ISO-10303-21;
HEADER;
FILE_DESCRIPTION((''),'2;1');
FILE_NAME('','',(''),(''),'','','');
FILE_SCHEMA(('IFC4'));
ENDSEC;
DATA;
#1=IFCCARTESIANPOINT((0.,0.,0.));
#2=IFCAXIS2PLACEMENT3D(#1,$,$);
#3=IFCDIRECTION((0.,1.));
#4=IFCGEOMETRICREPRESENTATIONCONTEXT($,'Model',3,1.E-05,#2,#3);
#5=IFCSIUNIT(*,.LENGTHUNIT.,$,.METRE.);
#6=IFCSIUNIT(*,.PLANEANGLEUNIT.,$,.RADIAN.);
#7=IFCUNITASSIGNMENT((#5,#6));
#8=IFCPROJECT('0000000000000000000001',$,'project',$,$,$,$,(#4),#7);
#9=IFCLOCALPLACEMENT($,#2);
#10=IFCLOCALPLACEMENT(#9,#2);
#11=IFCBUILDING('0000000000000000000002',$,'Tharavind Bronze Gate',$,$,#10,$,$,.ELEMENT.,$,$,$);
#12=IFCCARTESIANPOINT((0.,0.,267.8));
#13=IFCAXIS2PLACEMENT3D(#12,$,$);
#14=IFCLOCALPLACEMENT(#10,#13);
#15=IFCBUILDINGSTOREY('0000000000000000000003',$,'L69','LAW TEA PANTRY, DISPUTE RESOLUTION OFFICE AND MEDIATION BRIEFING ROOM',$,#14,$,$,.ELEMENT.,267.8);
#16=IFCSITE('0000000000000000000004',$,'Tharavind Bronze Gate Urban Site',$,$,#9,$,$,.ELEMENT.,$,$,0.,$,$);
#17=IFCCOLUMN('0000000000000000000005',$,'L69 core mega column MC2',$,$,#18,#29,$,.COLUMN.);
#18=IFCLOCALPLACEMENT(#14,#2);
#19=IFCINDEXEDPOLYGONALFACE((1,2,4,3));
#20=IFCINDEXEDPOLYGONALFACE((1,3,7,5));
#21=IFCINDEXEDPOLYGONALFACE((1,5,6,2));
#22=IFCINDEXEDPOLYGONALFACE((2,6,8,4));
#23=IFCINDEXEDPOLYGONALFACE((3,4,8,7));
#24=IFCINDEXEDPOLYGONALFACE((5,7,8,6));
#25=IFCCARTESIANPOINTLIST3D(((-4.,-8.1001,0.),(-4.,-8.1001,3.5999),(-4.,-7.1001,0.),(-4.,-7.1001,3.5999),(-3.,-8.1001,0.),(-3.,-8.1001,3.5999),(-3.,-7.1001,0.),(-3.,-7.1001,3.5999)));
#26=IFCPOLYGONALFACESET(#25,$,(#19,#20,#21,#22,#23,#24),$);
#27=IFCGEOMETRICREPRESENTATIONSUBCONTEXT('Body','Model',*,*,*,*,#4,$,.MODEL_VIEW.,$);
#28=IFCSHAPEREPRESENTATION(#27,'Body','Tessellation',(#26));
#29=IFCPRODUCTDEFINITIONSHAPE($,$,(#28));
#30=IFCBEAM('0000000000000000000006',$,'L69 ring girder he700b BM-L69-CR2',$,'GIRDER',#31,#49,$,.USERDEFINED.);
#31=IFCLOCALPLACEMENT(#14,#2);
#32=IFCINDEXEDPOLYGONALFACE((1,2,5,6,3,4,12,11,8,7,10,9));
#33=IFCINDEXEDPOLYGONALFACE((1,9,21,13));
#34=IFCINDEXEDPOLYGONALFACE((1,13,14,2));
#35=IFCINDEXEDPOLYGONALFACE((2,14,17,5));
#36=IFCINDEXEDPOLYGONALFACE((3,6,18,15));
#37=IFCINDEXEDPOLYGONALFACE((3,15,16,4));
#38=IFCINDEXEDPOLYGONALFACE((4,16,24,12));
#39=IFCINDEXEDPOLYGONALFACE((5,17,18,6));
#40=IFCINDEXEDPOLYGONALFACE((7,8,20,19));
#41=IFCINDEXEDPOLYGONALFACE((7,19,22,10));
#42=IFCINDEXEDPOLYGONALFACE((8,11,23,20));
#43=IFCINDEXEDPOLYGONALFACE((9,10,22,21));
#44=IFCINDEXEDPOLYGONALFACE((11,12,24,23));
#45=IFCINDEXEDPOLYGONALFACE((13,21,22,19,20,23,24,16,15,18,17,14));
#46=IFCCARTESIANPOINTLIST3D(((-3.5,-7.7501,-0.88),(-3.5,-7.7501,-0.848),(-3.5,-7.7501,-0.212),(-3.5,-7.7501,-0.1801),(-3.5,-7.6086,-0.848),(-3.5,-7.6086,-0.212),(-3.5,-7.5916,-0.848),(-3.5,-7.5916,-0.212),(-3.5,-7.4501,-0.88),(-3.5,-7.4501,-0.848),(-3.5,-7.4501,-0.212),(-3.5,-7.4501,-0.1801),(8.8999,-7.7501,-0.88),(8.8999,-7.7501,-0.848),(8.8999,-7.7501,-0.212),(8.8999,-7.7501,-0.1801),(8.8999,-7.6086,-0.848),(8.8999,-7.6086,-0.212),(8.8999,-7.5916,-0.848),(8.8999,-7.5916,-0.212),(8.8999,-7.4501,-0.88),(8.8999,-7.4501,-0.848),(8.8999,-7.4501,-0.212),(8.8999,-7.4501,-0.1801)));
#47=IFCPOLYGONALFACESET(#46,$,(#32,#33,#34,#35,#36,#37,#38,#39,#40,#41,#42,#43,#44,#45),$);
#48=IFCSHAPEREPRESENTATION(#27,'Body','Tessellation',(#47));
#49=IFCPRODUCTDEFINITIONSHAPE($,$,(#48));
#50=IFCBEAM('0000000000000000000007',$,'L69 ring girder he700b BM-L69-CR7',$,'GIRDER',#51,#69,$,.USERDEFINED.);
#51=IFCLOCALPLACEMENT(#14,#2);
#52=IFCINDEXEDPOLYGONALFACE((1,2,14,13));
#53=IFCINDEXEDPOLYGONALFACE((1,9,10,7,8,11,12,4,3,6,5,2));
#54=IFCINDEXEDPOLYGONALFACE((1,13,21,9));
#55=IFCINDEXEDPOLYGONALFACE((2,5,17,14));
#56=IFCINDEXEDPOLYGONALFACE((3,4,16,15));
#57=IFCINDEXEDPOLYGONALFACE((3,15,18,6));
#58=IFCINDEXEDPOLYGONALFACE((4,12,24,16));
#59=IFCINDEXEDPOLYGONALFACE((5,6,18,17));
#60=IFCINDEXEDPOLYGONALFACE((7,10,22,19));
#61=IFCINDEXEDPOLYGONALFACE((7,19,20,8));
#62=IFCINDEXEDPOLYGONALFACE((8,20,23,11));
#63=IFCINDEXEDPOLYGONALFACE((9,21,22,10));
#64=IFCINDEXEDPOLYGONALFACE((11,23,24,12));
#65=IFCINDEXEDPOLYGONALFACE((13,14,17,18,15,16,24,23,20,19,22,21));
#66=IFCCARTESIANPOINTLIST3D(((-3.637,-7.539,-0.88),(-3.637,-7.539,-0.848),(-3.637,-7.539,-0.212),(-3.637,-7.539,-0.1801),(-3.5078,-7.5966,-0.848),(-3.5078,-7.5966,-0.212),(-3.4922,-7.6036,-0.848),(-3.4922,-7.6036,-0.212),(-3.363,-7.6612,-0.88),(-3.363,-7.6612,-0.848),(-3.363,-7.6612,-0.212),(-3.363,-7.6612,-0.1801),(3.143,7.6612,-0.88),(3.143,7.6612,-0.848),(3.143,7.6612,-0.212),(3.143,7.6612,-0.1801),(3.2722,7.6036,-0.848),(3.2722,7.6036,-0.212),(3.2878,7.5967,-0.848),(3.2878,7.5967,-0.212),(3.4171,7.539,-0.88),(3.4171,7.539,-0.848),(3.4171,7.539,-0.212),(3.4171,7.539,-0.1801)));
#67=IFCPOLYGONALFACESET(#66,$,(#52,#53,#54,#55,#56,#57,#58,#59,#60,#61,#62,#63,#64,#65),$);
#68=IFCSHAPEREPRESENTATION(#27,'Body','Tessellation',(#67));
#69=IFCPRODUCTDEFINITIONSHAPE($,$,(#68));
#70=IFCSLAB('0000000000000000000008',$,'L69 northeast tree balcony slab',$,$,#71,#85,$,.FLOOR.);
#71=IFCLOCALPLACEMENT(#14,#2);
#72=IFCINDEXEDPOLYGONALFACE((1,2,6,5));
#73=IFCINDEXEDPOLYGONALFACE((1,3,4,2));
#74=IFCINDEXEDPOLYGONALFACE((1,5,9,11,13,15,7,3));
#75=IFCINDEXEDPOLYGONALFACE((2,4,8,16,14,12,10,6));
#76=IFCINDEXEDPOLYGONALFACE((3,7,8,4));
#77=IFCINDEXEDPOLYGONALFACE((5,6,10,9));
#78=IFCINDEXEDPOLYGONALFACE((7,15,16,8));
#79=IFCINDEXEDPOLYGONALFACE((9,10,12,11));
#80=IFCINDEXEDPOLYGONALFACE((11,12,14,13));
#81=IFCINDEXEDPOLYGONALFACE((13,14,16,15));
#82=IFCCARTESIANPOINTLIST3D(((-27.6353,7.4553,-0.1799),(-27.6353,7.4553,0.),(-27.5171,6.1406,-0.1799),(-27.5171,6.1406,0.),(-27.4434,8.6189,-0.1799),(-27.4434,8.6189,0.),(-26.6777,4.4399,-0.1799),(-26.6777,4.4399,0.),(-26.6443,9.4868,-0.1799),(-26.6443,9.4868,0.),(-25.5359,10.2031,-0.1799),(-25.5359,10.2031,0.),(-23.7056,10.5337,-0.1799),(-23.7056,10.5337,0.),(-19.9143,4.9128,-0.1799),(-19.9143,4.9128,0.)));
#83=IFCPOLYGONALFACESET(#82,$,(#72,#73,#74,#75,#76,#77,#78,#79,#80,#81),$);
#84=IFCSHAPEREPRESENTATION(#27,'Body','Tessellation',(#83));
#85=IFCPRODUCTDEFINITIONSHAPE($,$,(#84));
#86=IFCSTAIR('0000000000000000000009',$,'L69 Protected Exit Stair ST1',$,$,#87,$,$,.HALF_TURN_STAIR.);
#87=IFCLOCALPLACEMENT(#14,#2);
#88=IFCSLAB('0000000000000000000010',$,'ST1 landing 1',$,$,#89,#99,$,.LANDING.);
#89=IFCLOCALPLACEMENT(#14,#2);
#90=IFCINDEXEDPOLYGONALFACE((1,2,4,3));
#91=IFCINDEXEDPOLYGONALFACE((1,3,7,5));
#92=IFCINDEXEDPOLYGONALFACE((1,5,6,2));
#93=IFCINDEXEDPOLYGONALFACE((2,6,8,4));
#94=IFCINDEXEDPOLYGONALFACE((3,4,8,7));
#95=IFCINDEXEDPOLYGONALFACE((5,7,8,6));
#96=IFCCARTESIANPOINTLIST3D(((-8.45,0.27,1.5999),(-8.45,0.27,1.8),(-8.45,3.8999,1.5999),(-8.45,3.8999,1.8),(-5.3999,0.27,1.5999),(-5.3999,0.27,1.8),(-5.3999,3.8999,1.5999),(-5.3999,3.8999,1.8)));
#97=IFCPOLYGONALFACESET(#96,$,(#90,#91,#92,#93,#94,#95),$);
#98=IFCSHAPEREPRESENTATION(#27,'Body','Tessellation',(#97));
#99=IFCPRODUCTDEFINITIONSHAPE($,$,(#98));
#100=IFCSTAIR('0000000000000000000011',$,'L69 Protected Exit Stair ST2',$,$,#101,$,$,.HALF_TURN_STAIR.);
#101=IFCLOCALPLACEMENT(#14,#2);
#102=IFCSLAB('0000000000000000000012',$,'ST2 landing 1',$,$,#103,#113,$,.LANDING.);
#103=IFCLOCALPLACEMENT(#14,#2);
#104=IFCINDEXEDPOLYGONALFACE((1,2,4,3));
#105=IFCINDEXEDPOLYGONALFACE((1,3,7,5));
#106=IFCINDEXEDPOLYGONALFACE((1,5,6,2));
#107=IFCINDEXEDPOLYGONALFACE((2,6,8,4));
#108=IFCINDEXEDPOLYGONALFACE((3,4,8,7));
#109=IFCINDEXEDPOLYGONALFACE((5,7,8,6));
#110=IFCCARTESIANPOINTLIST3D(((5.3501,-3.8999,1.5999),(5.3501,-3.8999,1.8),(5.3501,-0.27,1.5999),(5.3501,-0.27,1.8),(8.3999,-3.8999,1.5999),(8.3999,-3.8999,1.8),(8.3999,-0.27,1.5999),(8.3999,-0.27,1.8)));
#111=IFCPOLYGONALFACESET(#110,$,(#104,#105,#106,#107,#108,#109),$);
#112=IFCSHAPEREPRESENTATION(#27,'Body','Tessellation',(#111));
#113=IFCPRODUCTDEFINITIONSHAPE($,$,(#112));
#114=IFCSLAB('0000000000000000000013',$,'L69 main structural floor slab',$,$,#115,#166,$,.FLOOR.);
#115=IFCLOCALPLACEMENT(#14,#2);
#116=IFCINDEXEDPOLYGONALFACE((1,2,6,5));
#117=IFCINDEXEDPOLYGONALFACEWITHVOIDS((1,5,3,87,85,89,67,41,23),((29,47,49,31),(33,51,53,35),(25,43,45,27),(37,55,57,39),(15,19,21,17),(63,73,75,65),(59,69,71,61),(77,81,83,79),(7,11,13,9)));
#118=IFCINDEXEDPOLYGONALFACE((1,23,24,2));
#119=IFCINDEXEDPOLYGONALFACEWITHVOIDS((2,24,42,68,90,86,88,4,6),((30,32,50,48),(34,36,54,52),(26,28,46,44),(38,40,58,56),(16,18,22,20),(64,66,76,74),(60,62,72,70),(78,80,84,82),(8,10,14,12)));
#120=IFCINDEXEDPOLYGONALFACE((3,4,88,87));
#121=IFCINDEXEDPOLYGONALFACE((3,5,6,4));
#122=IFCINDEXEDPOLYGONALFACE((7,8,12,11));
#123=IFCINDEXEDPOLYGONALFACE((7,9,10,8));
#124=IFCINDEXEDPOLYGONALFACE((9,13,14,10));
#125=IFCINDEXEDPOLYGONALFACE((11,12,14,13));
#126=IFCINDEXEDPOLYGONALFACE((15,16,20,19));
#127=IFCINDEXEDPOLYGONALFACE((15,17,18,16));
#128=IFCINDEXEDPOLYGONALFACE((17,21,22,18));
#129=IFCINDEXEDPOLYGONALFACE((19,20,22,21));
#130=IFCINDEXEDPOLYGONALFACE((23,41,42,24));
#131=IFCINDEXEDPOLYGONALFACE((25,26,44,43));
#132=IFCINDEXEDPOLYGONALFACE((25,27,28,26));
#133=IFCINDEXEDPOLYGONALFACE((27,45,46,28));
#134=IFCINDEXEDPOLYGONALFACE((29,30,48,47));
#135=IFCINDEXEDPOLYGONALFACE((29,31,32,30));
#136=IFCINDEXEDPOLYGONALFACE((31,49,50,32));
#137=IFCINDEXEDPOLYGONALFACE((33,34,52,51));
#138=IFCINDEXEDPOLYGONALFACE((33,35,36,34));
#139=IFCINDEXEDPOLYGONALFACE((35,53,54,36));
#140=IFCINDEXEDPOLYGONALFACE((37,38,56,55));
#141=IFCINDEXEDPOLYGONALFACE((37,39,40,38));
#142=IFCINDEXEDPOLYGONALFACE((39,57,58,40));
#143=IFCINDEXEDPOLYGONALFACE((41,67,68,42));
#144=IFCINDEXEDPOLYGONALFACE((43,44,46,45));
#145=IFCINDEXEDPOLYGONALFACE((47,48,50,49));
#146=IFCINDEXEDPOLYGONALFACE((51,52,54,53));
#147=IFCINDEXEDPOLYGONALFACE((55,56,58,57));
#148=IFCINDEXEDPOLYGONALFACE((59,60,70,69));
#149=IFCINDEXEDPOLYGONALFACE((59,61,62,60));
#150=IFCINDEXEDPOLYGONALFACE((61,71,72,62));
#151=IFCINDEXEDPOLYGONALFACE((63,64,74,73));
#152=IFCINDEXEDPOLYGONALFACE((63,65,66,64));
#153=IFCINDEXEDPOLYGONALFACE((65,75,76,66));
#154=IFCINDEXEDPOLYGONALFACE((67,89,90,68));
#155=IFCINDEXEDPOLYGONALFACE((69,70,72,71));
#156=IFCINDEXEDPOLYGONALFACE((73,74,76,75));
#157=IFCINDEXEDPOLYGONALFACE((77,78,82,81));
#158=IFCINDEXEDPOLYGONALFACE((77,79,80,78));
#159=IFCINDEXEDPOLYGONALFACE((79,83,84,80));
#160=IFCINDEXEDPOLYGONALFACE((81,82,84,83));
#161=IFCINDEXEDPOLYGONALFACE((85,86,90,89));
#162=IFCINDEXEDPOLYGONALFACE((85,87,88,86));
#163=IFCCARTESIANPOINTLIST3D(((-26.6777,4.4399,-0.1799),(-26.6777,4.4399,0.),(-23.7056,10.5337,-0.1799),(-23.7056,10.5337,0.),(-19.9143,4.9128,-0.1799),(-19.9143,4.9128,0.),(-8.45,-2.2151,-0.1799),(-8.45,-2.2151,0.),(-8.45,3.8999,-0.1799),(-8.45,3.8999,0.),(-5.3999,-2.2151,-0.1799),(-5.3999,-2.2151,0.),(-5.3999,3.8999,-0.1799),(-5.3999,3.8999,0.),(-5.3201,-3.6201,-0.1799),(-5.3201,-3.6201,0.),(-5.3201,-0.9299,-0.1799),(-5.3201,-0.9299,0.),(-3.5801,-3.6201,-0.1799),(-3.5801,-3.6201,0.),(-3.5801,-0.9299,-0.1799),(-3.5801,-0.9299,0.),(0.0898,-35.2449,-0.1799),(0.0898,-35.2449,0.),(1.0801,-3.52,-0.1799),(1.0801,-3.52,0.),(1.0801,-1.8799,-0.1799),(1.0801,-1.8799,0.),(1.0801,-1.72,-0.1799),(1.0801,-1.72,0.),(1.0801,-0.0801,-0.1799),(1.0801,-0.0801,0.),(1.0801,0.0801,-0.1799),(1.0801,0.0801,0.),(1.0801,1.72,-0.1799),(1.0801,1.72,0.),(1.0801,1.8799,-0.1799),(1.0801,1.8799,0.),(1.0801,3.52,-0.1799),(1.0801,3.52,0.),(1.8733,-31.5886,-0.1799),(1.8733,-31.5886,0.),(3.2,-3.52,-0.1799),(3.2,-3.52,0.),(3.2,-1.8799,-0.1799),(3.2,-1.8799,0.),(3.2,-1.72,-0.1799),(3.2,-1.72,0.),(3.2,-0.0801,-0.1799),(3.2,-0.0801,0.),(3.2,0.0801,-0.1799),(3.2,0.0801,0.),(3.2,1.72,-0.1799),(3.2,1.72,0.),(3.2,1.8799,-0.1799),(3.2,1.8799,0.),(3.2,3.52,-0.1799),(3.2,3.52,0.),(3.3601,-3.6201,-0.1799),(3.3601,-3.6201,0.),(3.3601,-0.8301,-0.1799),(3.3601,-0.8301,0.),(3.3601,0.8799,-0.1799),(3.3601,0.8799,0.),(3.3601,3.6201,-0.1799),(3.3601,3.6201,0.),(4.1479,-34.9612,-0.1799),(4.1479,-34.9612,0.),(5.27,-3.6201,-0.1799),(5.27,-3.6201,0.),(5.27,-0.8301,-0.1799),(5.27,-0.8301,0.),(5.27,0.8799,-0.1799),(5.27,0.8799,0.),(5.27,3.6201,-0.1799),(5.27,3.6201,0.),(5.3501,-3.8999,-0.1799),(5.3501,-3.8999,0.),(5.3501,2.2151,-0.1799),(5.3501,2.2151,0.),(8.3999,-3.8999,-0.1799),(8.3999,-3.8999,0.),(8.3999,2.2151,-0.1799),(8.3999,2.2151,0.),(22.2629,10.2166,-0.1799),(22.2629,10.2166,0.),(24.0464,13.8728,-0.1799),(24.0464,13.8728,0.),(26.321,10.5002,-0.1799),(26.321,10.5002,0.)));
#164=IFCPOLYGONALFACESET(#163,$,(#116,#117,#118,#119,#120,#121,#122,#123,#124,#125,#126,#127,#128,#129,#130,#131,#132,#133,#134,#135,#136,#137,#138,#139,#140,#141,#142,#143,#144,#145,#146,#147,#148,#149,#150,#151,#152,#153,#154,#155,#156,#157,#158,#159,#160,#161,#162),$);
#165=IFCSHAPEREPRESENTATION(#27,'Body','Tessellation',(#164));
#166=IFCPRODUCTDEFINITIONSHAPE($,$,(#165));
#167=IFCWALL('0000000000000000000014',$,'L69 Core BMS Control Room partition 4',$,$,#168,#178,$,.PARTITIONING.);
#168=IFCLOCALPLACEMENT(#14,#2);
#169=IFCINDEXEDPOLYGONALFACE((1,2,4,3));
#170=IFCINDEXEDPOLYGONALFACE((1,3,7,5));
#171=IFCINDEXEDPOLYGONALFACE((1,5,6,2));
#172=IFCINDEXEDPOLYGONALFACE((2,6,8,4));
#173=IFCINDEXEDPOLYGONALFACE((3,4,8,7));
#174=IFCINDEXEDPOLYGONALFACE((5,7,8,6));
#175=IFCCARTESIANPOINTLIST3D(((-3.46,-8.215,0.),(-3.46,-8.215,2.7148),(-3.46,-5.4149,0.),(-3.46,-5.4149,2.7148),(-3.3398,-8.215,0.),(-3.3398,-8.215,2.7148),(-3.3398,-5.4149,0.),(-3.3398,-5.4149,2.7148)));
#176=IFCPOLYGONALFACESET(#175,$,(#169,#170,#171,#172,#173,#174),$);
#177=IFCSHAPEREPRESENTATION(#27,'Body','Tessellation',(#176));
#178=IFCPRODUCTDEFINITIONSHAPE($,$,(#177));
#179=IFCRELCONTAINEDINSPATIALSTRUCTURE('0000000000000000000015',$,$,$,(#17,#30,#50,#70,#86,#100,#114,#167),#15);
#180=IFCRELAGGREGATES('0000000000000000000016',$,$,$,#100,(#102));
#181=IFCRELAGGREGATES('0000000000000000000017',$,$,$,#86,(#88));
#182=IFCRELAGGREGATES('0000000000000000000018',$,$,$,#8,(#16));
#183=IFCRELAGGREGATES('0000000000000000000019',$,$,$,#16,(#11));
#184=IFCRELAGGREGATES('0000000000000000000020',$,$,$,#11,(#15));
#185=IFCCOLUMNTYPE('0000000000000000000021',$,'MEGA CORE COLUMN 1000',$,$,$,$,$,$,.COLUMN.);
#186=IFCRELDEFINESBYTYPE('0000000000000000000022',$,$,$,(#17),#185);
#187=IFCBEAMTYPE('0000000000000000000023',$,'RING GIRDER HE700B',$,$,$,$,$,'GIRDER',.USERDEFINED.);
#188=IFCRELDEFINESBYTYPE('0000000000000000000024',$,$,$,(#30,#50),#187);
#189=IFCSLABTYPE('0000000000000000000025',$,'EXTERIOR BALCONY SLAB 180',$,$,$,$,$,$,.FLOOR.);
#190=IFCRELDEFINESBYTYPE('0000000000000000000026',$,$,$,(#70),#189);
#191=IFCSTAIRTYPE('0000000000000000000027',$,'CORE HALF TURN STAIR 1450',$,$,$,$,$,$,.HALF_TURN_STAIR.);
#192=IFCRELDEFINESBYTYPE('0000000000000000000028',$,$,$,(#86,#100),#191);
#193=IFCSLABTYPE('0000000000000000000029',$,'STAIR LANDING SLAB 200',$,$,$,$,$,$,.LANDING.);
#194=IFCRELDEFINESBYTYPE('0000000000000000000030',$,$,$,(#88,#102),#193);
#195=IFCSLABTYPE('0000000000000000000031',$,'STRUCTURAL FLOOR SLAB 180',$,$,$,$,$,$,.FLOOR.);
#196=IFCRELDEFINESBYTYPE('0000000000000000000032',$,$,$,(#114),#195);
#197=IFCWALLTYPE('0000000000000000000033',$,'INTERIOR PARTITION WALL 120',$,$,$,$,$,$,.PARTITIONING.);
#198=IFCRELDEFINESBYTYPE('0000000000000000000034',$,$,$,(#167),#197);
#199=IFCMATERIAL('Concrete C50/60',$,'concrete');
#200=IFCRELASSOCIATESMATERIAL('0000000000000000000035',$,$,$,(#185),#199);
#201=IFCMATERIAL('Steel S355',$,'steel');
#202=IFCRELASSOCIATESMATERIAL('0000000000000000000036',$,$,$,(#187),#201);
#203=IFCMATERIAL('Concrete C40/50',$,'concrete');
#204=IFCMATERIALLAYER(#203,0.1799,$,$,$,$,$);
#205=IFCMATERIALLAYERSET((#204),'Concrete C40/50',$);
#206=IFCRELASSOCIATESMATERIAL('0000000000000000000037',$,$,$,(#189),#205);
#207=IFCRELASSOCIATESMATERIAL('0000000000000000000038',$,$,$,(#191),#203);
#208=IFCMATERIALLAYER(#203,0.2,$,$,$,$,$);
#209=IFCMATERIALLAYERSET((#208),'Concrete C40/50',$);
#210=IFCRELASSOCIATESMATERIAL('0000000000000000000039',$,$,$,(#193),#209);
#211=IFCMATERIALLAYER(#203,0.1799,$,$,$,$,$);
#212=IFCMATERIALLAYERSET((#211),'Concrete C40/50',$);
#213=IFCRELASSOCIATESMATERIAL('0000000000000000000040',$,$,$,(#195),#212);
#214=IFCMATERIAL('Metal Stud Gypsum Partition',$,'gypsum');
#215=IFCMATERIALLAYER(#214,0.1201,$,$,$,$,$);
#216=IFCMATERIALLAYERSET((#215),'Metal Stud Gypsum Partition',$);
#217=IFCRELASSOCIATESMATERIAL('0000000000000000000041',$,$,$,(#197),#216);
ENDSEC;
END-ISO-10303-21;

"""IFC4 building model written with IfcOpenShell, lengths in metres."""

from ifc_helpers import new_model, si_unit, direction, frame, frame_2d, origin, origin_2d, place, context, subcontext, project, spatial, polyline, rectangle, i_section, outline, extrude, material, layer, layer_set, material_profile, profile_set, type_object, element, aggregate, save


model = new_model("IFC4")

# Units and contexts
model_context = context("Model", 3, precision=1e-05, world=origin(), true_north=direction((0.0, 1.0)))
body_context = subcontext(model_context, "Body", "Model", "MODEL_VIEW")
ifc_project = project(units=[si_unit("LENGTHUNIT", "METRE"), si_unit("PLANEANGLEUNIT", "RADIAN")], contexts=[model_context])

# Site, building, storey
site_placement = place(None, origin())
site = spatial("IfcSite", under=ifc_project, at=site_placement, Name="Tharavind Bronze Gate Urban Site", CompositionType="ELEMENT", RefElevation=0.0)
building_placement = place(site_placement, origin())
building = spatial("IfcBuilding", under=site, at=building_placement, Name="Tharavind Bronze Gate", CompositionType="ELEMENT")
storey_placement = place(building_placement, frame((0.0, 0.0, 267.8)))
storey = spatial("IfcBuildingStorey", under=building, at=storey_placement, Name="L69", Description="LAW TEA PANTRY, DISPUTE RESOLUTION OFFICE AND MEDIATION BRIEFING ROOM", CompositionType="ELEMENT", Elevation=267.8)

# Column
ifc_material_1 = material(Name="Concrete C50/60", Category="concrete")
ifc_material_profile_1 = material_profile(ifc_material_1, rectangle(XDim=1.0, YDim=1.0, at=origin_2d()), Name="RCCOL1000")
ifc_profile_set_1 = profile_set([ifc_material_profile_1], Name="Concrete C50/60")
column_type = type_object("IfcColumnType", Name="MEGA CORE COLUMN 1000", PredefinedType="COLUMN", material=ifc_profile_set_1)
column_placement = place(storey_placement, frame((-3.5, -7.6001, 0.0), z_axis=(0.0, 0.0, 1.0), x_axis=(1.0, 0.0, 0.0)))
element("IfcColumn", 1, at=column_placement, inside=storey, type_object=column_type, Name="L69 core mega column MC2", PredefinedType="COLUMN", context=body_context, shape_type="SweptSolid", body=[
    extrude(rectangle(XDim=1.0, YDim=1.0, at=origin_2d()), origin(), (0.0, 0.0, 1.0), 3.5999),
])

# Beams
ifc_material_2 = material(Name="Steel S355", Category="steel")
ifc_material_profile_2 = material_profile(ifc_material_2, i_section(OverallWidth=0.3, OverallDepth=0.7, WebThickness=0.0171, FlangeThickness=0.032, at=origin_2d()), Name="HE700B")
ifc_profile_set_2 = profile_set([ifc_material_profile_2], Name="Steel S355")
beam_type = type_object("IfcBeamType", Name="RING GIRDER HE700B", ElementType="GIRDER", PredefinedType="USERDEFINED", material=ifc_profile_set_2)
beam_1_placement = place(storey_placement, frame((-3.5, -7.6001, -0.53), z_axis=(1.0, 0.0, 0.0), x_axis=(0.0, 1.0, 0.0)))
element("IfcBeam", 2, at=beam_1_placement, inside=storey, type_object=beam_type, Name="L69 ring girder he700b BM-L69-CR2", ObjectType="GIRDER", PredefinedType="USERDEFINED", context=body_context, shape_type="SweptSolid", body=[
    extrude(i_section(OverallWidth=0.3, OverallDepth=0.7, WebThickness=0.0171, FlangeThickness=0.032, at=origin_2d()), origin(), (0.0, 0.0, 1.0), 12.3999),
])
beam_2_placement = place(storey_placement, frame((-3.5, -7.6001, -0.53), z_axis=(0.407362, 0.913267, 0.0), x_axis=(-0.913267, 0.407362, 0.0)))
element("IfcBeam", 3, at=beam_2_placement, inside=storey, type_object=beam_type, Name="L69 ring girder he700b BM-L69-CR7", ObjectType="GIRDER", PredefinedType="USERDEFINED", context=body_context, shape_type="SweptSolid", body=[
    extrude(i_section(OverallWidth=0.3, OverallDepth=0.7, WebThickness=0.0171, FlangeThickness=0.032, at=origin_2d()), origin(), (0.0, 0.0, 1.0), 16.6438),
])

# Slab
ifc_material_3 = material(Name="Concrete C40/50", Category="concrete")
ifc_layer_1 = layer(ifc_material_3, 0.1799)
ifc_layer_set_1 = layer_set([ifc_layer_1], Name="Concrete C40/50")
slab_type_1 = type_object("IfcSlabType", Name="EXTERIOR BALCONY SLAB 180", PredefinedType="FLOOR", material=ifc_layer_set_1)
slab_1_placement = place(storey_placement, frame((0.0, 0.0, -0.1799)))
element("IfcSlab", 4, at=slab_1_placement, inside=storey, type_object=slab_type_1, Name="L69 northeast tree balcony slab", PredefinedType="FLOOR", context=body_context, shape_type="SweptSolid", body=[
    extrude(outline(polyline([(-25.5359, 10.2031), (-26.6443, 9.4868), (-27.4434, 8.6189), (-27.6353, 7.4553), (-27.5171, 6.1406), (-26.6777, 4.4399), (-19.9143, 4.9128), (-23.7056, 10.5337), (-25.5359, 10.2031)])), origin(), (0.0, 0.0, 1.0), 0.1799),
])

# Stairs, slabs
stair_type = type_object("IfcStairType", Name="CORE HALF TURN STAIR 1450", PredefinedType="HALF_TURN_STAIR", material=ifc_material_3)
stair_1_placement = place(storey_placement, origin())
stair_1 = element("IfcStair", 5, at=stair_1_placement, inside=storey, type_object=stair_type, Name="L69 Protected Exit Stair ST1", PredefinedType="HALF_TURN_STAIR")
ifc_layer_2 = layer(ifc_material_3, 0.2)
ifc_layer_set_2 = layer_set([ifc_layer_2], Name="Concrete C40/50")
slab_type_2 = type_object("IfcSlabType", Name="STAIR LANDING SLAB 200", PredefinedType="LANDING", material=ifc_layer_set_2)
slab_2_placement = place(storey_placement, frame((0.0, 0.0, 1.5999)))
slab_2 = element("IfcSlab", 6, at=slab_2_placement, type_object=slab_type_2, Name="ST1 landing 1", PredefinedType="LANDING", context=body_context, shape_type="SweptSolid", body=[
    extrude(outline(polyline([(-5.3999, 0.27), (-5.3999, 3.8999), (-8.45, 3.8999), (-8.45, 0.27), (-5.3999, 0.27)])), origin(), (0.0, 0.0, 1.0), 0.2002),
])
stair_2_placement = place(storey_placement, origin())
stair_2 = element("IfcStair", 7, at=stair_2_placement, inside=storey, type_object=stair_type, Name="L69 Protected Exit Stair ST2", PredefinedType="HALF_TURN_STAIR")
slab_3_placement = place(storey_placement, frame((0.0, 0.0, 1.5999)))
slab_3 = element("IfcSlab", 8, at=slab_3_placement, type_object=slab_type_2, Name="ST2 landing 1", PredefinedType="LANDING", context=body_context, shape_type="SweptSolid", body=[
    extrude(outline(polyline([(5.3501, -0.27), (5.3501, -3.8999), (8.3999, -3.8999), (8.3999, -0.27), (5.3501, -0.27)])), origin(), (0.0, 0.0, 1.0), 0.2002),
])
aggregate(stair_2, [slab_3])

# Slab
ifc_layer_3 = layer(ifc_material_3, 0.1799)
ifc_layer_set_3 = layer_set([ifc_layer_3], Name="Concrete C40/50")
slab_type_3 = type_object("IfcSlabType", Name="STRUCTURAL FLOOR SLAB 180", PredefinedType="FLOOR", material=ifc_layer_set_3)
slab_4_placement = place(storey_placement, frame((0.0, 0.0, -0.1799)))
element("IfcSlab", 9, at=slab_4_placement, inside=storey, type_object=slab_type_3, Name="L69 main structural floor slab", PredefinedType="FLOOR", context=body_context, shape_type="SweptSolid", body=[
    extrude(outline(polyline([(-23.7056, 10.5337), (-19.9143, 4.9128), (-26.6777, 4.4399), (0.0898, -35.2449), (1.8733, -31.5886), (4.1479, -34.9612), (26.321, 10.5002), (22.2629, 10.2166), (24.0464, 13.8728), (-23.7056, 10.5337)]), holes=[polyline([(-5.3999, -2.2151), (-5.3999, 3.8999), (-8.45, 3.8999), (-8.45, -2.2151), (-5.3999, -2.2151)]), polyline([(5.3501, 2.2151), (5.3501, -3.8999), (8.3999, -3.8999), (8.3999, 2.2151), (5.3501, 2.2151)]), polyline([(1.0801, -3.52), (3.2, -3.52), (3.2, -1.8799), (1.0801, -1.8799), (1.0801, -3.52)]), polyline([(1.0801, -1.72), (3.2, -1.72), (3.2, -0.0801), (1.0801, -0.0801), (1.0801, -1.72)]), polyline([(1.0801, 0.0801), (3.2, 0.0801), (3.2, 1.72), (1.0801, 1.72), (1.0801, 0.0801)]), polyline([(1.0801, 1.8799), (3.2, 1.8799), (3.2, 3.52), (1.0801, 3.52), (1.0801, 1.8799)]), polyline([(-5.3201, -3.6201), (-3.5801, -3.6201), (-3.5801, -0.9299), (-5.3201, -0.9299), (-5.3201, -3.6201)]), polyline([(3.3601, 0.8799), (5.27, 0.8799), (5.27, 3.6201), (3.3601, 3.6201), (3.3601, 0.8799)]), polyline([(3.3601, -3.6201), (5.27, -3.6201), (5.27, -0.8301), (3.3601, -0.8301), (3.3601, -3.6201)])]), origin(), (0.0, 0.0, 1.0), 0.1799),
])

# Wall
ifc_material_4 = material(Name="Metal Stud Gypsum Partition", Category="gypsum")
ifc_layer_4 = layer(ifc_material_4, 0.1201)
ifc_layer_set_4 = layer_set([ifc_layer_4], Name="Metal Stud Gypsum Partition")
wall_type_1 = type_object("IfcWallType", Name="INTERIOR PARTITION WALL 120", PredefinedType="PARTITIONING", material=ifc_layer_set_4)
wall_1_placement = place(storey_placement, frame((-3.3999, -5.415, 0.0), z_axis=(0.0, 0.0, 1.0), x_axis=(0.0, -1.0, 0.0)))
element("IfcWall", 10, at=wall_1_placement, inside=storey, type_object=wall_type_1, Name="L69 Core BMS Control Room partition 4", PredefinedType="PARTITIONING", context=body_context, shape_type="SweptSolid", body=[
    extrude(rectangle(XDim=2.8, YDim=0.1201, at=frame_2d((1.3999, 0.0))), origin(), (0.0, 0.0, 1.0), 2.7148),
])

aggregate(stair_1, [slab_2])

save(model, "model.ifc")
